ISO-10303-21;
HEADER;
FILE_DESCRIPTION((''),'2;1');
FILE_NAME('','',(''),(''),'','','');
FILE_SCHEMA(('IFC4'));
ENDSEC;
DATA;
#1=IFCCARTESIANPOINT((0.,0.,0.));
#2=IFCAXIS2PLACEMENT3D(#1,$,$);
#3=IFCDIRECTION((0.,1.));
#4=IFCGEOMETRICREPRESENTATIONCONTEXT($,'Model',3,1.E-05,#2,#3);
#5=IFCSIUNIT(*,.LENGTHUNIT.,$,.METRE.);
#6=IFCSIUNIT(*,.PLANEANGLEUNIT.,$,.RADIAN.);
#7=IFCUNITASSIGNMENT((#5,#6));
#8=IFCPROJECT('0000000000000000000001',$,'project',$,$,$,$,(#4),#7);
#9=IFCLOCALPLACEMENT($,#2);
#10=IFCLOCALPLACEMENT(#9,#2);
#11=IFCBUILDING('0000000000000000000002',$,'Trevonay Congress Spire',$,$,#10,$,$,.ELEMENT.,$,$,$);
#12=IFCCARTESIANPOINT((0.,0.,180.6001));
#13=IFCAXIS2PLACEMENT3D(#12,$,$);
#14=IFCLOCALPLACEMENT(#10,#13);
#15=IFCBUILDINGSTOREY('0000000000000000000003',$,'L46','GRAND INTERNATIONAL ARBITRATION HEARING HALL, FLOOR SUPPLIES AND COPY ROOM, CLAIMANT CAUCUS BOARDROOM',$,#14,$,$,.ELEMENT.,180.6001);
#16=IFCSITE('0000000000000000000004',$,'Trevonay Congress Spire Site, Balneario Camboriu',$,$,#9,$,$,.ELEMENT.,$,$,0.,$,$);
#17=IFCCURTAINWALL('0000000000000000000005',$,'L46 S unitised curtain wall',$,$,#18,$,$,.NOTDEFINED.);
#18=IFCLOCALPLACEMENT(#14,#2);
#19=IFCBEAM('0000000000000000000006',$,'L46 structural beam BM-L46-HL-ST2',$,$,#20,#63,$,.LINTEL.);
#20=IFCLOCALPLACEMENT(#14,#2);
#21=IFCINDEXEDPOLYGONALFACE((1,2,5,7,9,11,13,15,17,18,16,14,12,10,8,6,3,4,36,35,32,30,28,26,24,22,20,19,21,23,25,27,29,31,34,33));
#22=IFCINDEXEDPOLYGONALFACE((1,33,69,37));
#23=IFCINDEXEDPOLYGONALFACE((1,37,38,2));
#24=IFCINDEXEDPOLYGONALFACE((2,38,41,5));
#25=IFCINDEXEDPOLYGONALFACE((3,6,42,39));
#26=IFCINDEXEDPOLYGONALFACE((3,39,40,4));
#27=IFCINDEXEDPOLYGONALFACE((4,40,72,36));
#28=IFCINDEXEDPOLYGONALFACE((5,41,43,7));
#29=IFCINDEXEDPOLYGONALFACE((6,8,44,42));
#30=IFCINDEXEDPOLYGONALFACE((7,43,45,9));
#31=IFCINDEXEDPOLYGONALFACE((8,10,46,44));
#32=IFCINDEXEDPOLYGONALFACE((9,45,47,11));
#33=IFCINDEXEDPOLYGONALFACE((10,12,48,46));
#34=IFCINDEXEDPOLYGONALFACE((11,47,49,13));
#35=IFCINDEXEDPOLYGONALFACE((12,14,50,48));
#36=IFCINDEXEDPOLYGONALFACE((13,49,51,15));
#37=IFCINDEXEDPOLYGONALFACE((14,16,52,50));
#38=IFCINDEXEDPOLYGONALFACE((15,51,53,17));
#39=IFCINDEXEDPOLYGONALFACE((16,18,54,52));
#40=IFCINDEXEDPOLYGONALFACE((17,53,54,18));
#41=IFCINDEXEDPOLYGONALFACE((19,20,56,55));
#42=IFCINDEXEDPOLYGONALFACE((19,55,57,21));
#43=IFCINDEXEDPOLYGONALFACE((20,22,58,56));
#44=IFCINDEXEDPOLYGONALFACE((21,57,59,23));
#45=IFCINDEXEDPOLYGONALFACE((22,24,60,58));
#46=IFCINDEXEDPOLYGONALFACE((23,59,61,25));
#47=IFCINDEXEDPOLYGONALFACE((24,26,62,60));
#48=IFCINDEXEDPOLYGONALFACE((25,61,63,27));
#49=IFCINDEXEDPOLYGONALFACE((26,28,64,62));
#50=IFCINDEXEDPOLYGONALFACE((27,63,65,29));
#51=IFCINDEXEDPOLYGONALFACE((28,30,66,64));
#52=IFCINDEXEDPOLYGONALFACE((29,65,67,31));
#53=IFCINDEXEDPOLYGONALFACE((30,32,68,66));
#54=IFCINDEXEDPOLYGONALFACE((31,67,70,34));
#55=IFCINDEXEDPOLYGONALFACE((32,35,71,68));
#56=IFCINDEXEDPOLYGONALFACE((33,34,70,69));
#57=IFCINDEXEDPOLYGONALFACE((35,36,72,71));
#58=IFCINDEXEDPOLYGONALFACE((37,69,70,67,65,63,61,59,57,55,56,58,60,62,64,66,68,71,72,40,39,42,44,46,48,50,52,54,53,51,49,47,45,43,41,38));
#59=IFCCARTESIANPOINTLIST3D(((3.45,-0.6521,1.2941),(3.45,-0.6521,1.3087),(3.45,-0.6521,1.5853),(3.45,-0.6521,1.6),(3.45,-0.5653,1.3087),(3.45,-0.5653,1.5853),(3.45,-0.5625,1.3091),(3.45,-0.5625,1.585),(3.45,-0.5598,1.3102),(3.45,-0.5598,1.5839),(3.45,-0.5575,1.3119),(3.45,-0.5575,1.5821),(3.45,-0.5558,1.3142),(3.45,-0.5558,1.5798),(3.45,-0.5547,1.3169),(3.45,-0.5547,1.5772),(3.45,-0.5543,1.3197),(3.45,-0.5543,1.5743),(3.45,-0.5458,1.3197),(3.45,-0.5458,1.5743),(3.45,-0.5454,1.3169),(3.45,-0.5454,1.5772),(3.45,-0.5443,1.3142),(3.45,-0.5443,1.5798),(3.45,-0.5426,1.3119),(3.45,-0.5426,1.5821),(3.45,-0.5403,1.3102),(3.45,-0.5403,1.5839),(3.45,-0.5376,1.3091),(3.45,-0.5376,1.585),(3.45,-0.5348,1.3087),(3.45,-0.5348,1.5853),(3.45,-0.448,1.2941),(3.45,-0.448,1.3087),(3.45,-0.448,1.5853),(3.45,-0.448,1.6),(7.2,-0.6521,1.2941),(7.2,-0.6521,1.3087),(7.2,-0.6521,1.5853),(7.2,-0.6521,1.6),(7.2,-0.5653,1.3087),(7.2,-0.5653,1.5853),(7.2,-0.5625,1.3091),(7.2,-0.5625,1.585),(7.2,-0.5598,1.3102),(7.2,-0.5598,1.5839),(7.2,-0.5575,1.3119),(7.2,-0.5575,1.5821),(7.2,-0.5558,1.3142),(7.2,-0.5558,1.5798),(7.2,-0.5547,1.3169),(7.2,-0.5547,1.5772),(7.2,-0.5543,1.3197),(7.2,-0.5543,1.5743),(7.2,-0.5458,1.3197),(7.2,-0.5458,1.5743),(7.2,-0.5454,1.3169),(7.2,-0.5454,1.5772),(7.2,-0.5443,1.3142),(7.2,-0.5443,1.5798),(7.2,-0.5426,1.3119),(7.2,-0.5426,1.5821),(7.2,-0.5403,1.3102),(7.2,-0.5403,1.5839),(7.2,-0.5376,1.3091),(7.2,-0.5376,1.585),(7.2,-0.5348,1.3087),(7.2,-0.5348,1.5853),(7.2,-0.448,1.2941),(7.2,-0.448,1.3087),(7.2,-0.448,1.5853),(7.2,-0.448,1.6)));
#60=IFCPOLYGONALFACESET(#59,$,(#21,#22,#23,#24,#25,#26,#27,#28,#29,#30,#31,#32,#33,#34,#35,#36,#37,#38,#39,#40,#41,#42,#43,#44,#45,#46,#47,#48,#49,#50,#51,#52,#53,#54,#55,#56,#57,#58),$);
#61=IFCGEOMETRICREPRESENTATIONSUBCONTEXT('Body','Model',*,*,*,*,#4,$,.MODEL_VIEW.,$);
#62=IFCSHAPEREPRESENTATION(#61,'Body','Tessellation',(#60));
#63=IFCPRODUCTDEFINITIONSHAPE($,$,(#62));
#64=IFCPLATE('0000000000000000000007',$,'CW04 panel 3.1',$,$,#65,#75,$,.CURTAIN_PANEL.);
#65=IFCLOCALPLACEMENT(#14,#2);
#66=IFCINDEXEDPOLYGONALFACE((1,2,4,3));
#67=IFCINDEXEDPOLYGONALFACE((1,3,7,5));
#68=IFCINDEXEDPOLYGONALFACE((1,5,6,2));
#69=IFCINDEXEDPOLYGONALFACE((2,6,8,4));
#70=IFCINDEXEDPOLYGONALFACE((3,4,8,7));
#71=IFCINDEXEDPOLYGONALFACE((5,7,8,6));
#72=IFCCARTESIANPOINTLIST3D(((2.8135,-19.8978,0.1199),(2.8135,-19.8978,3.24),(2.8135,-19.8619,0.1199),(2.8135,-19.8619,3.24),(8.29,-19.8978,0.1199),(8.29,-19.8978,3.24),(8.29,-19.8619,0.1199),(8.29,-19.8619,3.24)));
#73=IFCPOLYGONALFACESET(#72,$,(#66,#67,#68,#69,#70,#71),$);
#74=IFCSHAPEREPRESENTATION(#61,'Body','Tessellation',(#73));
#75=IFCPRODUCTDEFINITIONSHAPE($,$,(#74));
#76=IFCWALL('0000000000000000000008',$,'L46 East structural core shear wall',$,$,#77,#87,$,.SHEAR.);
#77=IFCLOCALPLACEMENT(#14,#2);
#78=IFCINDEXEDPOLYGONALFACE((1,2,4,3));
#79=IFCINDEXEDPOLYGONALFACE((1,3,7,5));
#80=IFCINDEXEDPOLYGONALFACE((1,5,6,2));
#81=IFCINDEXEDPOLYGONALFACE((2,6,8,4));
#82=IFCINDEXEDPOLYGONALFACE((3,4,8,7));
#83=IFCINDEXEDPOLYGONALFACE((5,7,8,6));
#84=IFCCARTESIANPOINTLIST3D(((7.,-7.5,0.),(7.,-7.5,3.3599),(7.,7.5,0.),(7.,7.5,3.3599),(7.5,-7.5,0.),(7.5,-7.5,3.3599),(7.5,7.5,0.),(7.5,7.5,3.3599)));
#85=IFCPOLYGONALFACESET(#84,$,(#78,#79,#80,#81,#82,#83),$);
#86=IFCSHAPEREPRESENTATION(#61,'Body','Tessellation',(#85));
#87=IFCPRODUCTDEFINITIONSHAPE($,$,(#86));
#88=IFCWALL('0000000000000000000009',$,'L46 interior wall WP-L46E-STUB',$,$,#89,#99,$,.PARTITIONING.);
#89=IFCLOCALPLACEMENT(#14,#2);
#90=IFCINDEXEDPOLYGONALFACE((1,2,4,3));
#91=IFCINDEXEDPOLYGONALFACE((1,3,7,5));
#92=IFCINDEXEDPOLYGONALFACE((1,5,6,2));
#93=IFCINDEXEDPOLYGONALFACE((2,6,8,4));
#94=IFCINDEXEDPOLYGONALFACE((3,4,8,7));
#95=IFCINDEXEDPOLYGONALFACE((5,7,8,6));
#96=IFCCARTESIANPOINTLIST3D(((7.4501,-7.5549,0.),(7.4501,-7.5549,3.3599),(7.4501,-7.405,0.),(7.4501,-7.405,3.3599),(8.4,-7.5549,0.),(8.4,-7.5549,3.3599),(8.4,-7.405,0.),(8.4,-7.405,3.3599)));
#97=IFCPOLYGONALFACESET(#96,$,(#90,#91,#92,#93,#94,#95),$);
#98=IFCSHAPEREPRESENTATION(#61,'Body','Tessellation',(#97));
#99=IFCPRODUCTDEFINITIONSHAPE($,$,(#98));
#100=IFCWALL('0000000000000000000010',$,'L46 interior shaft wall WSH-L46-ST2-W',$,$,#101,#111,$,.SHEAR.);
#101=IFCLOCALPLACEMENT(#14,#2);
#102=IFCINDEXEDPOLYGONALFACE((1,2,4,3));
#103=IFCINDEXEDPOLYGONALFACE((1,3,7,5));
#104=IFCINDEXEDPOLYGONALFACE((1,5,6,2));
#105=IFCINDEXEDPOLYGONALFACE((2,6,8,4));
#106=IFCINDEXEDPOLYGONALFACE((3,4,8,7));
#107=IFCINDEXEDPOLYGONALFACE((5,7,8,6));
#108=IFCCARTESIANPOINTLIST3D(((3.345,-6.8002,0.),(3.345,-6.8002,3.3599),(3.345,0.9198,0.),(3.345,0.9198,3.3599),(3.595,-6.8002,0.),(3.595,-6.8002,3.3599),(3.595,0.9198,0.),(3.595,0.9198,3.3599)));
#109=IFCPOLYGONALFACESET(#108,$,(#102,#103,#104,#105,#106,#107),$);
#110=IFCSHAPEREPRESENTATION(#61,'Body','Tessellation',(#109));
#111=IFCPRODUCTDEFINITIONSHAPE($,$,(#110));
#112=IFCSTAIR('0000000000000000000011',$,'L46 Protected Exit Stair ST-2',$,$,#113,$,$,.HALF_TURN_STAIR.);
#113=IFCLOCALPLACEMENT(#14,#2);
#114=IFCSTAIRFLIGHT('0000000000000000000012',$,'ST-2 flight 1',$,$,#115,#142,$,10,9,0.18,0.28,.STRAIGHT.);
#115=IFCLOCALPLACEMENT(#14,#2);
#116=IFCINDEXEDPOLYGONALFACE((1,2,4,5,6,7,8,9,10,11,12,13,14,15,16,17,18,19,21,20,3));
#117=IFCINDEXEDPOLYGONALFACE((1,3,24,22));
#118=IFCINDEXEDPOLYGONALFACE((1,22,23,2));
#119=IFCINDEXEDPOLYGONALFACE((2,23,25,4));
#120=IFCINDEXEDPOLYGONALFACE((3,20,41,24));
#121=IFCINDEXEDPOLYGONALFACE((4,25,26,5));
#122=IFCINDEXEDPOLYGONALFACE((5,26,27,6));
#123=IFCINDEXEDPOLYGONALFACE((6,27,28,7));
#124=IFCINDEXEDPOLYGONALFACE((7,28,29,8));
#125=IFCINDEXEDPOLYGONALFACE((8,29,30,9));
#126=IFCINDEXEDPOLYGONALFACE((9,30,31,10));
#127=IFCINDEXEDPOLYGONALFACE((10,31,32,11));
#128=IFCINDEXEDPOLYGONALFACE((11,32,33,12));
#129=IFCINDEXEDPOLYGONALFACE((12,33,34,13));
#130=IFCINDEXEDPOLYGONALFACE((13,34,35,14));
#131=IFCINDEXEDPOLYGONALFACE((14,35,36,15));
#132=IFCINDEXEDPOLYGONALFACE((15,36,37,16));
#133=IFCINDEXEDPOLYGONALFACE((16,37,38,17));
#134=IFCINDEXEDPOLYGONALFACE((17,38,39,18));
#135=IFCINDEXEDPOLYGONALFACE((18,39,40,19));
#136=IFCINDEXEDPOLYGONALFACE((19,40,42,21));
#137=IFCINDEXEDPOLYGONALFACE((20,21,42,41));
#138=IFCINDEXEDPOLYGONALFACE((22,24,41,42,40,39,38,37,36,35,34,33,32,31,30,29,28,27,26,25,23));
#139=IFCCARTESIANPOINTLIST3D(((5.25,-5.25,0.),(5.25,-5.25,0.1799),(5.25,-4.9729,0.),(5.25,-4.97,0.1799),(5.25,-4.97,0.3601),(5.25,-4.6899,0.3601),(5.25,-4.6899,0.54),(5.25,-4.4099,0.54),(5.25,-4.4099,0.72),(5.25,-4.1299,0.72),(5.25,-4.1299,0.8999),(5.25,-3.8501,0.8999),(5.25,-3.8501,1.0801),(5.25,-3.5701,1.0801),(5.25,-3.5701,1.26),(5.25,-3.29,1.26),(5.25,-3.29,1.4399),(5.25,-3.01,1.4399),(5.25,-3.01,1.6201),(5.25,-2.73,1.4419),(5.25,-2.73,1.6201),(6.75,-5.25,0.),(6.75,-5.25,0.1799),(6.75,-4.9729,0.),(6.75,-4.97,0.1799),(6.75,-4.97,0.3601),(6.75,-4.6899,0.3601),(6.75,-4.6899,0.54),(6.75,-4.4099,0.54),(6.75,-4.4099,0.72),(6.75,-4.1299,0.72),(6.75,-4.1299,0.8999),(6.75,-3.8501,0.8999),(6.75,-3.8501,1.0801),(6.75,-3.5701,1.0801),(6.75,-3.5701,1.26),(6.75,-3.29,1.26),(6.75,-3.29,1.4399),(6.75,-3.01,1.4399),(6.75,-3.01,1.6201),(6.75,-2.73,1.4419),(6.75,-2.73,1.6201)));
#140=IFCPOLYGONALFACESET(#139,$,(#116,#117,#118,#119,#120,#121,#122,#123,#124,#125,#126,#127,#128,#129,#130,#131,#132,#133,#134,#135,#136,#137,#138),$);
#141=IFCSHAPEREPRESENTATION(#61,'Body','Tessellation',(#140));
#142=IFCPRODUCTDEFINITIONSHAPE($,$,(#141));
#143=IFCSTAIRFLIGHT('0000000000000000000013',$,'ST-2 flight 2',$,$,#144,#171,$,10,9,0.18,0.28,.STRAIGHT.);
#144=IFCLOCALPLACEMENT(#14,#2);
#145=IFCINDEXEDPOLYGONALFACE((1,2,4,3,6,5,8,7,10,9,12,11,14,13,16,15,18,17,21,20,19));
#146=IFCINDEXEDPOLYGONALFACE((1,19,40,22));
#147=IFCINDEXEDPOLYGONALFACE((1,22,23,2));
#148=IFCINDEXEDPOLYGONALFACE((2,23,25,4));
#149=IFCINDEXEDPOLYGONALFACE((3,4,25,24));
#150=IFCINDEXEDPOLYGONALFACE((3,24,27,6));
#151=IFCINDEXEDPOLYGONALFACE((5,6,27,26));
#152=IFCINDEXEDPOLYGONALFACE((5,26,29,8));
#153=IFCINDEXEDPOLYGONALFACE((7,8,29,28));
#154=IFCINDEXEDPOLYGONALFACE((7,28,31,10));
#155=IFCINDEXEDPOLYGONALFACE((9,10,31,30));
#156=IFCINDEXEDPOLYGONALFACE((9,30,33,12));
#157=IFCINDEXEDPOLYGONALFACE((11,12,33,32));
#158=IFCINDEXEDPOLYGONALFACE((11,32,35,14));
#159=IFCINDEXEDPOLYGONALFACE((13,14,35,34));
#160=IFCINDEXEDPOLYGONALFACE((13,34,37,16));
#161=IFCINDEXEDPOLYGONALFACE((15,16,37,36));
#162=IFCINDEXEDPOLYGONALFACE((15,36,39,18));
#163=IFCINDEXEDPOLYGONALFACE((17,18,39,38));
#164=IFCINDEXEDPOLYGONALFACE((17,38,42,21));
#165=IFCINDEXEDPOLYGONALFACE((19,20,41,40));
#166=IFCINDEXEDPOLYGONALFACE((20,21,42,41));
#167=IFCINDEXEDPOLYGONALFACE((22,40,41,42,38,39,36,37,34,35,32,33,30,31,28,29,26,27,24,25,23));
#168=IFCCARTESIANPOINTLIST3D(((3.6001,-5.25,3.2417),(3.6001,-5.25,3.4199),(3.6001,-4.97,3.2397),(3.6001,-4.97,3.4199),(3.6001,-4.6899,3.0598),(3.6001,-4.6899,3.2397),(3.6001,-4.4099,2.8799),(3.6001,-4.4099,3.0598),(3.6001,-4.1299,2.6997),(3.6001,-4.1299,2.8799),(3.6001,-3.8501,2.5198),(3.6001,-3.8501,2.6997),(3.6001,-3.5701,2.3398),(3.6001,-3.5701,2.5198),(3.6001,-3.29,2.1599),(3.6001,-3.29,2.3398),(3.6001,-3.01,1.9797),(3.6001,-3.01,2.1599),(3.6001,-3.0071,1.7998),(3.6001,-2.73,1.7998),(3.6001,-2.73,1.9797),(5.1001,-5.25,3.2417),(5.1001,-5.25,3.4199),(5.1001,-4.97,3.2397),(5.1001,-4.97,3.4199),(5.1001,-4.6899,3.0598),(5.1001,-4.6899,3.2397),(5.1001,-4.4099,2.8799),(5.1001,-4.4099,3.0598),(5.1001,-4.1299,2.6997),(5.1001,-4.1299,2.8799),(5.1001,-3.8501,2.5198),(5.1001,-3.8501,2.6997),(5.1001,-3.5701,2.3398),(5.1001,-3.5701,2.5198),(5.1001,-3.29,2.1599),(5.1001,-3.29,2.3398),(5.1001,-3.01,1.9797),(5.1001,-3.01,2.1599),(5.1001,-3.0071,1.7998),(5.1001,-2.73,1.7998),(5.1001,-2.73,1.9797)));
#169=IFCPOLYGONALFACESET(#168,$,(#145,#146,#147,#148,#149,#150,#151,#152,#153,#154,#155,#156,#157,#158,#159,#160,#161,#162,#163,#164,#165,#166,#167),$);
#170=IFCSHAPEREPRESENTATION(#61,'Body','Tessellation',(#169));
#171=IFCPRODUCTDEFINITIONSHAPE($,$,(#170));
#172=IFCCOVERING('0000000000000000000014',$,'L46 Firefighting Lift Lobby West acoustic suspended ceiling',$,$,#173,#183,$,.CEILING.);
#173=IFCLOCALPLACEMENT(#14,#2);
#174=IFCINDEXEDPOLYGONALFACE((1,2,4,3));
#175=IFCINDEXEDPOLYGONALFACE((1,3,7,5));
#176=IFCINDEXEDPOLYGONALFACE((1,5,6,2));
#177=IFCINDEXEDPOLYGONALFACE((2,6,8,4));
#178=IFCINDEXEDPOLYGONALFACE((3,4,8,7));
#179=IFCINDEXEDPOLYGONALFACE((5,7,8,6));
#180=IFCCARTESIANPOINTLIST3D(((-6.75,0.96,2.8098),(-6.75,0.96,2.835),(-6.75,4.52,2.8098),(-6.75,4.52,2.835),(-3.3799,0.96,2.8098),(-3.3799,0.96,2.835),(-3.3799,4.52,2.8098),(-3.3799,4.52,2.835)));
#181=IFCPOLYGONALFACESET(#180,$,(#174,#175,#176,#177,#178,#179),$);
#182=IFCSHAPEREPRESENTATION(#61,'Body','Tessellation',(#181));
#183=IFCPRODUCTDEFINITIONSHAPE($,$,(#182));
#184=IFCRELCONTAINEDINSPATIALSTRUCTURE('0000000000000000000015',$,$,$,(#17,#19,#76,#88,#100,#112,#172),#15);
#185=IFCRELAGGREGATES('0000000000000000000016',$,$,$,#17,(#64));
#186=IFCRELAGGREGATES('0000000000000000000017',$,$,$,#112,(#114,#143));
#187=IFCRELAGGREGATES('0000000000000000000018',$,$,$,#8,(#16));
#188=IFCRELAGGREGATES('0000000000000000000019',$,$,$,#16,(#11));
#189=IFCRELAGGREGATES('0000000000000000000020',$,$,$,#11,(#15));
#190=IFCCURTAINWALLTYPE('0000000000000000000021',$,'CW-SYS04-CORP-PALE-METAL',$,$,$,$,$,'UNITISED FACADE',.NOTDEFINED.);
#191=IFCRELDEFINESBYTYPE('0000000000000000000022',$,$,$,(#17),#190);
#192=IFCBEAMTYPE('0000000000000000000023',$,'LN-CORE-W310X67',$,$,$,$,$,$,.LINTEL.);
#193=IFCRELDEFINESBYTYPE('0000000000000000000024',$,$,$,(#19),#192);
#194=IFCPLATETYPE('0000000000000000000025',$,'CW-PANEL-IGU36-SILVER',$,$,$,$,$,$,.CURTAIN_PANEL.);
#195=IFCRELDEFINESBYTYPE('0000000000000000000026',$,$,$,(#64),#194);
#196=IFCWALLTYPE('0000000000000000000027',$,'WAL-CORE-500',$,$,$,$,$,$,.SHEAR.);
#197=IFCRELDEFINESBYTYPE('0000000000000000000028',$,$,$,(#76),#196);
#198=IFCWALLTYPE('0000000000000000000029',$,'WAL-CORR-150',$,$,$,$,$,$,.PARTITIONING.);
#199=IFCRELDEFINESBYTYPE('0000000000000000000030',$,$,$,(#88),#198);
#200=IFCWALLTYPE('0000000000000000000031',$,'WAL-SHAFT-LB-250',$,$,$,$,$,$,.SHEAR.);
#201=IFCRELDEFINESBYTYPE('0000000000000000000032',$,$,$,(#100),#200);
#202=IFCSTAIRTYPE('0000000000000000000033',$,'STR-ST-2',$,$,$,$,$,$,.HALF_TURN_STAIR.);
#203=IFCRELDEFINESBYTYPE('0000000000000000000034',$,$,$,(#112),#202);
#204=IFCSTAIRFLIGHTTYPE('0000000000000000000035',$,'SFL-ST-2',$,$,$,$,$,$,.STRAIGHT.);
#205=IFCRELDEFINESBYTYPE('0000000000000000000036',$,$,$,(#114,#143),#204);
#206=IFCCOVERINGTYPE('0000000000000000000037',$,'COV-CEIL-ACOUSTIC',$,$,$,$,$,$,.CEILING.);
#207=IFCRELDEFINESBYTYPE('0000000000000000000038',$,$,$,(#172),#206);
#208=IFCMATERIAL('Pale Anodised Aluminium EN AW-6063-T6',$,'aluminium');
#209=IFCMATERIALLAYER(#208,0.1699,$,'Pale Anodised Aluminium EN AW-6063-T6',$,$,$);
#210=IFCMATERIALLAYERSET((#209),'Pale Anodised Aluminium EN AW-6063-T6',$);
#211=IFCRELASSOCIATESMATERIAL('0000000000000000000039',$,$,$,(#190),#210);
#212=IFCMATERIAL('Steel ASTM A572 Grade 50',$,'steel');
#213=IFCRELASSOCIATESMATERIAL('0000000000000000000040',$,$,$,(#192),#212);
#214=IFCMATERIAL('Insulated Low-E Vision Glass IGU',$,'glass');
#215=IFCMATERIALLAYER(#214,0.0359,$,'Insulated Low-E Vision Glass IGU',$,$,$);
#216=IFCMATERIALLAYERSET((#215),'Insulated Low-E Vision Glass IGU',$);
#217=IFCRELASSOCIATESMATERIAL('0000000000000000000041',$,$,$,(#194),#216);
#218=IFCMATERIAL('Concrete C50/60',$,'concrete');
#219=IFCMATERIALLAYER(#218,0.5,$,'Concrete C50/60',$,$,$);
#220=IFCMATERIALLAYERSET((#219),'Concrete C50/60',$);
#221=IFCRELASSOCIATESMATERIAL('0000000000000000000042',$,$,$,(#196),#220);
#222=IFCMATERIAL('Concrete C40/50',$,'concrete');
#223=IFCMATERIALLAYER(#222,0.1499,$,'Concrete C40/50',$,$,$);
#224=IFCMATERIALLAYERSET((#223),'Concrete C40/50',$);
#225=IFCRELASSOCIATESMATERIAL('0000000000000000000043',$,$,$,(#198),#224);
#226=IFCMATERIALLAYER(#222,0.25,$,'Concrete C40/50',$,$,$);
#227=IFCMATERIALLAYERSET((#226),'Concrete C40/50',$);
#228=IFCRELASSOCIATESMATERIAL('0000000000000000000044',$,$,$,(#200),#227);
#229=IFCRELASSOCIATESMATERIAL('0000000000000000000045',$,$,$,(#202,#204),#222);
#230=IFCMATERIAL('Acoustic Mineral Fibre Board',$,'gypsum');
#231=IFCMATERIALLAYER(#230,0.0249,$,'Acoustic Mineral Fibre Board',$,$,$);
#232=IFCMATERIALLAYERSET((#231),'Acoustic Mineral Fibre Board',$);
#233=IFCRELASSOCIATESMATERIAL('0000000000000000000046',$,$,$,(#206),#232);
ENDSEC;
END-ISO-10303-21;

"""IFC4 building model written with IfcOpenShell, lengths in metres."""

from ifc_helpers import new_model, si_unit, direction, frame, frame_2d, origin, origin_2d, place, context, subcontext, project, spatial, polyline, rectangle, i_section, outline, extrude, material, layer, layer_set, material_profile, profile_set, type_object, element, aggregate, save


model = new_model("IFC4")

# Units and contexts
model_context = context("Model", 3, precision=1e-05, world=origin(), true_north=direction((0.0, 1.0)))
body_context = subcontext(model_context, "Body", "Model", "MODEL_VIEW")
ifc_project = project(units=[si_unit("LENGTHUNIT", "METRE"), si_unit("PLANEANGLEUNIT", "RADIAN")], contexts=[model_context])

# Site, building, storey
site_placement = place(None, origin())
site = spatial("IfcSite", under=ifc_project, at=site_placement, Name="Trevonay Congress Spire Site, Balneario Camboriu", CompositionType="ELEMENT", RefElevation=0.0)
building_placement = place(site_placement, origin())
building = spatial("IfcBuilding", under=site, at=building_placement, Name="Trevonay Congress Spire", CompositionType="ELEMENT")
storey_placement = place(building_placement, frame((0.0, 0.0, 180.6001)))
storey = spatial("IfcBuildingStorey", under=building, at=storey_placement, Name="L46", Description="GRAND INTERNATIONAL ARBITRATION HEARING HALL, FLOOR SUPPLIES AND COPY ROOM, CLAIMANT CAUCUS BOARDROOM", CompositionType="ELEMENT", Elevation=180.6001)

# Shared definitions
ifc_material_1 = material(Name="Steel ASTM A572 Grade 50", Category="steel")

# Curtain wall
ifc_material_2 = material(Name="Pale Anodised Aluminium EN AW-6063-T6", Category="aluminium")
ifc_layer_1 = layer(ifc_material_2, 0.1699, Name="Pale Anodised Aluminium EN AW-6063-T6")
ifc_layer_set_1 = layer_set([ifc_layer_1], Name="Pale Anodised Aluminium EN AW-6063-T6")
curtain_wall_type = type_object("IfcCurtainWallType", Name="CW-SYS04-CORP-PALE-METAL", ElementType="UNITISED FACADE", PredefinedType="NOTDEFINED", material=ifc_layer_set_1)
curtain_wall_placement = place(storey_placement, origin())
curtain_wall = element("IfcCurtainWall", 1, at=curtain_wall_placement, inside=storey, type_object=curtain_wall_type, Name="L46 S unitised curtain wall", PredefinedType="NOTDEFINED")

# Beam
ifc_material_profile_1 = material_profile(ifc_material_1, i_section(OverallWidth=0.2041, OverallDepth=0.3059, WebThickness=0.0085, FlangeThickness=0.0146, FilletRadius=0.011, at=origin_2d()), Name="W310x67")
ifc_profile_set_1 = profile_set([ifc_material_profile_1], Name="Steel ASTM A572 Grade 50")
beam_type_1 = type_object("IfcBeamType", Name="LN-CORE-W310X67", PredefinedType="LINTEL", material=ifc_profile_set_1)
beam_1_placement = place(storey_placement, frame((3.45, -0.55, 1.447), z_axis=(1.0, 0.0, 0.0), x_axis=(0.0, 1.0, 0.0)))
element("IfcBeam", 2, at=beam_1_placement, inside=storey, type_object=beam_type_1, Name="L46 structural beam BM-L46-HL-ST2", PredefinedType="LINTEL", context=body_context, shape_type="SweptSolid", body=[
    extrude(i_section(OverallWidth=0.2041, OverallDepth=0.3059, WebThickness=0.0085, FlangeThickness=0.0146, FilletRadius=0.011, at=origin_2d()), origin(), (0.0, 0.0, 1.0), 3.75),
])

# Plate
ifc_material_3 = material(Name="Insulated Low-E Vision Glass IGU", Category="glass")
ifc_layer_2 = layer(ifc_material_3, 0.0359, Name="Insulated Low-E Vision Glass IGU")
ifc_layer_set_2 = layer_set([ifc_layer_2], Name="Insulated Low-E Vision Glass IGU")
plate_type = type_object("IfcPlateType", Name="CW-PANEL-IGU36-SILVER", PredefinedType="CURTAIN_PANEL", material=ifc_layer_set_2)
plate_placement = place(storey_placement, frame((5.5518, -19.8799, 0.1199), z_axis=(0.0, 0.0, 1.0), x_axis=(1.0, 0.0, 0.0)))
plate = element("IfcPlate", 3, at=plate_placement, type_object=plate_type, Name="CW04 panel 3.1", PredefinedType="CURTAIN_PANEL", context=body_context, shape_type="SweptSolid", body=[
    extrude(rectangle(XDim=5.4766, YDim=0.0359, at=origin_2d()), origin(), (0.0, 0.0, 1.0), 3.1201),
])
aggregate(curtain_wall, [plate])

# Walls
ifc_material_4 = material(Name="Concrete C50/60", Category="concrete")
ifc_layer_3 = layer(ifc_material_4, 0.5, Name="Concrete C50/60")
ifc_layer_set_3 = layer_set([ifc_layer_3], Name="Concrete C50/60")
wall_type_1 = type_object("IfcWallType", Name="WAL-CORE-500", PredefinedType="SHEAR", material=ifc_layer_set_3)
wall_1_placement = place(storey_placement, frame((7.25, -7.5, 0.0), z_axis=(0.0, 0.0, 1.0), x_axis=(0.0, 1.0, 0.0)))
element("IfcWall", 4, at=wall_1_placement, inside=storey, type_object=wall_type_1, Name="L46 East structural core shear wall", PredefinedType="SHEAR", context=body_context, shape_type="SweptSolid", body=[
    extrude(rectangle(XDim=15.0, YDim=0.5, at=frame_2d((7.5, 0.0))), origin(), (0.0, 0.0, 1.0), 3.3599),
])
ifc_material_5 = material(Name="Concrete C40/50", Category="concrete")
ifc_layer_4 = layer(ifc_material_5, 0.1499, Name="Concrete C40/50")
ifc_layer_set_4 = layer_set([ifc_layer_4], Name="Concrete C40/50")
wall_type_2 = type_object("IfcWallType", Name="WAL-CORR-150", PredefinedType="PARTITIONING", material=ifc_layer_set_4)
wall_2_placement = place(storey_placement, frame((7.45, -7.48, 0.0), z_axis=(0.0, 0.0, 1.0), x_axis=(1.0, 0.0, 0.0)))
element("IfcWall", 5, at=wall_2_placement, inside=storey, type_object=wall_type_2, Name="L46 interior wall WP-L46E-STUB", PredefinedType="PARTITIONING", context=body_context, shape_type="SweptSolid", body=[
    extrude(rectangle(XDim=0.95, YDim=0.1499, at=frame_2d((0.4751, 0.0))), origin(), (0.0, 0.0, 1.0), 3.3599),
])
ifc_layer_5 = layer(ifc_material_5, 0.25, Name="Concrete C40/50")
ifc_layer_set_5 = layer_set([ifc_layer_5], Name="Concrete C40/50")
wall_type_3 = type_object("IfcWallType", Name="WAL-SHAFT-LB-250", PredefinedType="SHEAR", material=ifc_layer_set_5)
wall_3_placement = place(storey_placement, frame((3.47, -6.8, 0.0), z_axis=(0.0, 0.0, 1.0), x_axis=(0.0, 1.0, 0.0)))
element("IfcWall", 6, at=wall_3_placement, inside=storey, type_object=wall_type_3, Name="L46 interior shaft wall WSH-L46-ST2-W", PredefinedType="SHEAR", context=body_context, shape_type="SweptSolid", body=[
    extrude(rectangle(XDim=7.72, YDim=0.25, at=frame_2d((3.8599, 0.0))), origin(), (0.0, 0.0, 1.0), 3.3599),
])

# Stair, stair flights
stair_type = type_object("IfcStairType", Name="STR-ST-2", PredefinedType="HALF_TURN_STAIR", material=ifc_material_5)
stair_placement = place(storey_placement, origin())
stair = element("IfcStair", 7, at=stair_placement, inside=storey, type_object=stair_type, Name="L46 Protected Exit Stair ST-2", PredefinedType="HALF_TURN_STAIR")
stair_flight_type = type_object("IfcStairFlightType", Name="SFL-ST-2", PredefinedType="STRAIGHT", material=ifc_material_5)
stair_flight_1_placement = place(storey_placement, frame((6.0, -5.25, 0.0), z_axis=(0.0, 0.0, 1.0), x_axis=(0.0, 1.0, 0.0)))
stair_flight_1 = element("IfcStairFlight", 8, at=stair_flight_1_placement, type_object=stair_flight_type, Name="ST-2 flight 1", NumberOfRisers=10, NumberOfTreads=9, PredefinedType="STRAIGHT", RiserHeight=0.18, TreadLength=0.28, context=body_context, shape_type="SweptSolid", body=[
    extrude(outline(polyline([(0.0, 0.0), (0.0, 0.1799), (0.28, 0.1799), (0.28, 0.3601), (0.5601, 0.3601), (0.5601, 0.54), (0.8401, 0.54), (0.8401, 0.72), (1.1201, 0.72), (1.1201, 0.8999), (1.3999, 0.8999), (1.3999, 1.0801), (1.6799, 1.0801), (1.6799, 1.26), (1.96, 1.26), (1.96, 1.4399), (2.24, 1.4399), (2.24, 1.6201), (2.52, 1.6201), (2.52, 1.8), (2.52, 1.4419), (0.2771, 0.0), (0.0, 0.0)])), frame((0.0, 0.75, 0.0), z_axis=(0.0, -1.0, 0.0), x_axis=(1.0, 0.0, 0.0)), (0.0, 0.0, 1.0), 1.5),
])
stair_flight_2_placement = place(storey_placement, frame((4.3501, -2.73, 1.7998), z_axis=(0.0, 0.0, 1.0), x_axis=(0.0, -1.0, 0.0)))
stair_flight_2 = element("IfcStairFlight", 9, at=stair_flight_2_placement, type_object=stair_flight_type, Name="ST-2 flight 2", NumberOfRisers=10, NumberOfTreads=9, PredefinedType="STRAIGHT", RiserHeight=0.18, TreadLength=0.28, context=body_context, shape_type="SweptSolid", body=[
    extrude(outline(polyline([(0.0, 0.0), (0.0, 0.1799), (0.28, 0.1799), (0.28, 0.3601), (0.5601, 0.3601), (0.5601, 0.54), (0.8401, 0.54), (0.8401, 0.72), (1.1201, 0.72), (1.1201, 0.8999), (1.3999, 0.8999), (1.3999, 1.0801), (1.6799, 1.0801), (1.6799, 1.26), (1.96, 1.26), (1.96, 1.4399), (2.24, 1.4399), (2.24, 1.6201), (2.52, 1.6201), (2.52, 1.8), (2.52, 1.4419), (0.2771, 0.0), (0.0, 0.0)])), frame((0.0, 0.75, 0.0), z_axis=(0.0, -1.0, 0.0), x_axis=(1.0, 0.0, 0.0)), (0.0, 0.0, 1.0), 1.5),
])
aggregate(stair, [stair_flight_1, stair_flight_2])

# Covering
ifc_material_6 = material(Name="Acoustic Mineral Fibre Board", Category="gypsum")
ifc_layer_6 = layer(ifc_material_6, 0.0249, Name="Acoustic Mineral Fibre Board")
ifc_layer_set_6 = layer_set([ifc_layer_6], Name="Acoustic Mineral Fibre Board")
covering_type_1 = type_object("IfcCoveringType", Name="COV-CEIL-ACOUSTIC", PredefinedType="CEILING", material=ifc_layer_set_6)
covering_1_placement = place(storey_placement, frame((0.0, 0.0, 2.8098)))
element("IfcCovering", 10, at=covering_1_placement, inside=storey, type_object=covering_type_1, Name="L46 Firefighting Lift Lobby West acoustic suspended ceiling", PredefinedType="CEILING", context=body_context, shape_type="SweptSolid", body=[
    extrude(outline(polyline([(-6.75, 0.96), (-3.3799, 0.96), (-3.3799, 4.52), (-6.75, 4.52), (-6.75, 0.96)])), origin(), (0.0, 0.0, 1.0), 0.0251),
])

save(model, "model.ifc")
